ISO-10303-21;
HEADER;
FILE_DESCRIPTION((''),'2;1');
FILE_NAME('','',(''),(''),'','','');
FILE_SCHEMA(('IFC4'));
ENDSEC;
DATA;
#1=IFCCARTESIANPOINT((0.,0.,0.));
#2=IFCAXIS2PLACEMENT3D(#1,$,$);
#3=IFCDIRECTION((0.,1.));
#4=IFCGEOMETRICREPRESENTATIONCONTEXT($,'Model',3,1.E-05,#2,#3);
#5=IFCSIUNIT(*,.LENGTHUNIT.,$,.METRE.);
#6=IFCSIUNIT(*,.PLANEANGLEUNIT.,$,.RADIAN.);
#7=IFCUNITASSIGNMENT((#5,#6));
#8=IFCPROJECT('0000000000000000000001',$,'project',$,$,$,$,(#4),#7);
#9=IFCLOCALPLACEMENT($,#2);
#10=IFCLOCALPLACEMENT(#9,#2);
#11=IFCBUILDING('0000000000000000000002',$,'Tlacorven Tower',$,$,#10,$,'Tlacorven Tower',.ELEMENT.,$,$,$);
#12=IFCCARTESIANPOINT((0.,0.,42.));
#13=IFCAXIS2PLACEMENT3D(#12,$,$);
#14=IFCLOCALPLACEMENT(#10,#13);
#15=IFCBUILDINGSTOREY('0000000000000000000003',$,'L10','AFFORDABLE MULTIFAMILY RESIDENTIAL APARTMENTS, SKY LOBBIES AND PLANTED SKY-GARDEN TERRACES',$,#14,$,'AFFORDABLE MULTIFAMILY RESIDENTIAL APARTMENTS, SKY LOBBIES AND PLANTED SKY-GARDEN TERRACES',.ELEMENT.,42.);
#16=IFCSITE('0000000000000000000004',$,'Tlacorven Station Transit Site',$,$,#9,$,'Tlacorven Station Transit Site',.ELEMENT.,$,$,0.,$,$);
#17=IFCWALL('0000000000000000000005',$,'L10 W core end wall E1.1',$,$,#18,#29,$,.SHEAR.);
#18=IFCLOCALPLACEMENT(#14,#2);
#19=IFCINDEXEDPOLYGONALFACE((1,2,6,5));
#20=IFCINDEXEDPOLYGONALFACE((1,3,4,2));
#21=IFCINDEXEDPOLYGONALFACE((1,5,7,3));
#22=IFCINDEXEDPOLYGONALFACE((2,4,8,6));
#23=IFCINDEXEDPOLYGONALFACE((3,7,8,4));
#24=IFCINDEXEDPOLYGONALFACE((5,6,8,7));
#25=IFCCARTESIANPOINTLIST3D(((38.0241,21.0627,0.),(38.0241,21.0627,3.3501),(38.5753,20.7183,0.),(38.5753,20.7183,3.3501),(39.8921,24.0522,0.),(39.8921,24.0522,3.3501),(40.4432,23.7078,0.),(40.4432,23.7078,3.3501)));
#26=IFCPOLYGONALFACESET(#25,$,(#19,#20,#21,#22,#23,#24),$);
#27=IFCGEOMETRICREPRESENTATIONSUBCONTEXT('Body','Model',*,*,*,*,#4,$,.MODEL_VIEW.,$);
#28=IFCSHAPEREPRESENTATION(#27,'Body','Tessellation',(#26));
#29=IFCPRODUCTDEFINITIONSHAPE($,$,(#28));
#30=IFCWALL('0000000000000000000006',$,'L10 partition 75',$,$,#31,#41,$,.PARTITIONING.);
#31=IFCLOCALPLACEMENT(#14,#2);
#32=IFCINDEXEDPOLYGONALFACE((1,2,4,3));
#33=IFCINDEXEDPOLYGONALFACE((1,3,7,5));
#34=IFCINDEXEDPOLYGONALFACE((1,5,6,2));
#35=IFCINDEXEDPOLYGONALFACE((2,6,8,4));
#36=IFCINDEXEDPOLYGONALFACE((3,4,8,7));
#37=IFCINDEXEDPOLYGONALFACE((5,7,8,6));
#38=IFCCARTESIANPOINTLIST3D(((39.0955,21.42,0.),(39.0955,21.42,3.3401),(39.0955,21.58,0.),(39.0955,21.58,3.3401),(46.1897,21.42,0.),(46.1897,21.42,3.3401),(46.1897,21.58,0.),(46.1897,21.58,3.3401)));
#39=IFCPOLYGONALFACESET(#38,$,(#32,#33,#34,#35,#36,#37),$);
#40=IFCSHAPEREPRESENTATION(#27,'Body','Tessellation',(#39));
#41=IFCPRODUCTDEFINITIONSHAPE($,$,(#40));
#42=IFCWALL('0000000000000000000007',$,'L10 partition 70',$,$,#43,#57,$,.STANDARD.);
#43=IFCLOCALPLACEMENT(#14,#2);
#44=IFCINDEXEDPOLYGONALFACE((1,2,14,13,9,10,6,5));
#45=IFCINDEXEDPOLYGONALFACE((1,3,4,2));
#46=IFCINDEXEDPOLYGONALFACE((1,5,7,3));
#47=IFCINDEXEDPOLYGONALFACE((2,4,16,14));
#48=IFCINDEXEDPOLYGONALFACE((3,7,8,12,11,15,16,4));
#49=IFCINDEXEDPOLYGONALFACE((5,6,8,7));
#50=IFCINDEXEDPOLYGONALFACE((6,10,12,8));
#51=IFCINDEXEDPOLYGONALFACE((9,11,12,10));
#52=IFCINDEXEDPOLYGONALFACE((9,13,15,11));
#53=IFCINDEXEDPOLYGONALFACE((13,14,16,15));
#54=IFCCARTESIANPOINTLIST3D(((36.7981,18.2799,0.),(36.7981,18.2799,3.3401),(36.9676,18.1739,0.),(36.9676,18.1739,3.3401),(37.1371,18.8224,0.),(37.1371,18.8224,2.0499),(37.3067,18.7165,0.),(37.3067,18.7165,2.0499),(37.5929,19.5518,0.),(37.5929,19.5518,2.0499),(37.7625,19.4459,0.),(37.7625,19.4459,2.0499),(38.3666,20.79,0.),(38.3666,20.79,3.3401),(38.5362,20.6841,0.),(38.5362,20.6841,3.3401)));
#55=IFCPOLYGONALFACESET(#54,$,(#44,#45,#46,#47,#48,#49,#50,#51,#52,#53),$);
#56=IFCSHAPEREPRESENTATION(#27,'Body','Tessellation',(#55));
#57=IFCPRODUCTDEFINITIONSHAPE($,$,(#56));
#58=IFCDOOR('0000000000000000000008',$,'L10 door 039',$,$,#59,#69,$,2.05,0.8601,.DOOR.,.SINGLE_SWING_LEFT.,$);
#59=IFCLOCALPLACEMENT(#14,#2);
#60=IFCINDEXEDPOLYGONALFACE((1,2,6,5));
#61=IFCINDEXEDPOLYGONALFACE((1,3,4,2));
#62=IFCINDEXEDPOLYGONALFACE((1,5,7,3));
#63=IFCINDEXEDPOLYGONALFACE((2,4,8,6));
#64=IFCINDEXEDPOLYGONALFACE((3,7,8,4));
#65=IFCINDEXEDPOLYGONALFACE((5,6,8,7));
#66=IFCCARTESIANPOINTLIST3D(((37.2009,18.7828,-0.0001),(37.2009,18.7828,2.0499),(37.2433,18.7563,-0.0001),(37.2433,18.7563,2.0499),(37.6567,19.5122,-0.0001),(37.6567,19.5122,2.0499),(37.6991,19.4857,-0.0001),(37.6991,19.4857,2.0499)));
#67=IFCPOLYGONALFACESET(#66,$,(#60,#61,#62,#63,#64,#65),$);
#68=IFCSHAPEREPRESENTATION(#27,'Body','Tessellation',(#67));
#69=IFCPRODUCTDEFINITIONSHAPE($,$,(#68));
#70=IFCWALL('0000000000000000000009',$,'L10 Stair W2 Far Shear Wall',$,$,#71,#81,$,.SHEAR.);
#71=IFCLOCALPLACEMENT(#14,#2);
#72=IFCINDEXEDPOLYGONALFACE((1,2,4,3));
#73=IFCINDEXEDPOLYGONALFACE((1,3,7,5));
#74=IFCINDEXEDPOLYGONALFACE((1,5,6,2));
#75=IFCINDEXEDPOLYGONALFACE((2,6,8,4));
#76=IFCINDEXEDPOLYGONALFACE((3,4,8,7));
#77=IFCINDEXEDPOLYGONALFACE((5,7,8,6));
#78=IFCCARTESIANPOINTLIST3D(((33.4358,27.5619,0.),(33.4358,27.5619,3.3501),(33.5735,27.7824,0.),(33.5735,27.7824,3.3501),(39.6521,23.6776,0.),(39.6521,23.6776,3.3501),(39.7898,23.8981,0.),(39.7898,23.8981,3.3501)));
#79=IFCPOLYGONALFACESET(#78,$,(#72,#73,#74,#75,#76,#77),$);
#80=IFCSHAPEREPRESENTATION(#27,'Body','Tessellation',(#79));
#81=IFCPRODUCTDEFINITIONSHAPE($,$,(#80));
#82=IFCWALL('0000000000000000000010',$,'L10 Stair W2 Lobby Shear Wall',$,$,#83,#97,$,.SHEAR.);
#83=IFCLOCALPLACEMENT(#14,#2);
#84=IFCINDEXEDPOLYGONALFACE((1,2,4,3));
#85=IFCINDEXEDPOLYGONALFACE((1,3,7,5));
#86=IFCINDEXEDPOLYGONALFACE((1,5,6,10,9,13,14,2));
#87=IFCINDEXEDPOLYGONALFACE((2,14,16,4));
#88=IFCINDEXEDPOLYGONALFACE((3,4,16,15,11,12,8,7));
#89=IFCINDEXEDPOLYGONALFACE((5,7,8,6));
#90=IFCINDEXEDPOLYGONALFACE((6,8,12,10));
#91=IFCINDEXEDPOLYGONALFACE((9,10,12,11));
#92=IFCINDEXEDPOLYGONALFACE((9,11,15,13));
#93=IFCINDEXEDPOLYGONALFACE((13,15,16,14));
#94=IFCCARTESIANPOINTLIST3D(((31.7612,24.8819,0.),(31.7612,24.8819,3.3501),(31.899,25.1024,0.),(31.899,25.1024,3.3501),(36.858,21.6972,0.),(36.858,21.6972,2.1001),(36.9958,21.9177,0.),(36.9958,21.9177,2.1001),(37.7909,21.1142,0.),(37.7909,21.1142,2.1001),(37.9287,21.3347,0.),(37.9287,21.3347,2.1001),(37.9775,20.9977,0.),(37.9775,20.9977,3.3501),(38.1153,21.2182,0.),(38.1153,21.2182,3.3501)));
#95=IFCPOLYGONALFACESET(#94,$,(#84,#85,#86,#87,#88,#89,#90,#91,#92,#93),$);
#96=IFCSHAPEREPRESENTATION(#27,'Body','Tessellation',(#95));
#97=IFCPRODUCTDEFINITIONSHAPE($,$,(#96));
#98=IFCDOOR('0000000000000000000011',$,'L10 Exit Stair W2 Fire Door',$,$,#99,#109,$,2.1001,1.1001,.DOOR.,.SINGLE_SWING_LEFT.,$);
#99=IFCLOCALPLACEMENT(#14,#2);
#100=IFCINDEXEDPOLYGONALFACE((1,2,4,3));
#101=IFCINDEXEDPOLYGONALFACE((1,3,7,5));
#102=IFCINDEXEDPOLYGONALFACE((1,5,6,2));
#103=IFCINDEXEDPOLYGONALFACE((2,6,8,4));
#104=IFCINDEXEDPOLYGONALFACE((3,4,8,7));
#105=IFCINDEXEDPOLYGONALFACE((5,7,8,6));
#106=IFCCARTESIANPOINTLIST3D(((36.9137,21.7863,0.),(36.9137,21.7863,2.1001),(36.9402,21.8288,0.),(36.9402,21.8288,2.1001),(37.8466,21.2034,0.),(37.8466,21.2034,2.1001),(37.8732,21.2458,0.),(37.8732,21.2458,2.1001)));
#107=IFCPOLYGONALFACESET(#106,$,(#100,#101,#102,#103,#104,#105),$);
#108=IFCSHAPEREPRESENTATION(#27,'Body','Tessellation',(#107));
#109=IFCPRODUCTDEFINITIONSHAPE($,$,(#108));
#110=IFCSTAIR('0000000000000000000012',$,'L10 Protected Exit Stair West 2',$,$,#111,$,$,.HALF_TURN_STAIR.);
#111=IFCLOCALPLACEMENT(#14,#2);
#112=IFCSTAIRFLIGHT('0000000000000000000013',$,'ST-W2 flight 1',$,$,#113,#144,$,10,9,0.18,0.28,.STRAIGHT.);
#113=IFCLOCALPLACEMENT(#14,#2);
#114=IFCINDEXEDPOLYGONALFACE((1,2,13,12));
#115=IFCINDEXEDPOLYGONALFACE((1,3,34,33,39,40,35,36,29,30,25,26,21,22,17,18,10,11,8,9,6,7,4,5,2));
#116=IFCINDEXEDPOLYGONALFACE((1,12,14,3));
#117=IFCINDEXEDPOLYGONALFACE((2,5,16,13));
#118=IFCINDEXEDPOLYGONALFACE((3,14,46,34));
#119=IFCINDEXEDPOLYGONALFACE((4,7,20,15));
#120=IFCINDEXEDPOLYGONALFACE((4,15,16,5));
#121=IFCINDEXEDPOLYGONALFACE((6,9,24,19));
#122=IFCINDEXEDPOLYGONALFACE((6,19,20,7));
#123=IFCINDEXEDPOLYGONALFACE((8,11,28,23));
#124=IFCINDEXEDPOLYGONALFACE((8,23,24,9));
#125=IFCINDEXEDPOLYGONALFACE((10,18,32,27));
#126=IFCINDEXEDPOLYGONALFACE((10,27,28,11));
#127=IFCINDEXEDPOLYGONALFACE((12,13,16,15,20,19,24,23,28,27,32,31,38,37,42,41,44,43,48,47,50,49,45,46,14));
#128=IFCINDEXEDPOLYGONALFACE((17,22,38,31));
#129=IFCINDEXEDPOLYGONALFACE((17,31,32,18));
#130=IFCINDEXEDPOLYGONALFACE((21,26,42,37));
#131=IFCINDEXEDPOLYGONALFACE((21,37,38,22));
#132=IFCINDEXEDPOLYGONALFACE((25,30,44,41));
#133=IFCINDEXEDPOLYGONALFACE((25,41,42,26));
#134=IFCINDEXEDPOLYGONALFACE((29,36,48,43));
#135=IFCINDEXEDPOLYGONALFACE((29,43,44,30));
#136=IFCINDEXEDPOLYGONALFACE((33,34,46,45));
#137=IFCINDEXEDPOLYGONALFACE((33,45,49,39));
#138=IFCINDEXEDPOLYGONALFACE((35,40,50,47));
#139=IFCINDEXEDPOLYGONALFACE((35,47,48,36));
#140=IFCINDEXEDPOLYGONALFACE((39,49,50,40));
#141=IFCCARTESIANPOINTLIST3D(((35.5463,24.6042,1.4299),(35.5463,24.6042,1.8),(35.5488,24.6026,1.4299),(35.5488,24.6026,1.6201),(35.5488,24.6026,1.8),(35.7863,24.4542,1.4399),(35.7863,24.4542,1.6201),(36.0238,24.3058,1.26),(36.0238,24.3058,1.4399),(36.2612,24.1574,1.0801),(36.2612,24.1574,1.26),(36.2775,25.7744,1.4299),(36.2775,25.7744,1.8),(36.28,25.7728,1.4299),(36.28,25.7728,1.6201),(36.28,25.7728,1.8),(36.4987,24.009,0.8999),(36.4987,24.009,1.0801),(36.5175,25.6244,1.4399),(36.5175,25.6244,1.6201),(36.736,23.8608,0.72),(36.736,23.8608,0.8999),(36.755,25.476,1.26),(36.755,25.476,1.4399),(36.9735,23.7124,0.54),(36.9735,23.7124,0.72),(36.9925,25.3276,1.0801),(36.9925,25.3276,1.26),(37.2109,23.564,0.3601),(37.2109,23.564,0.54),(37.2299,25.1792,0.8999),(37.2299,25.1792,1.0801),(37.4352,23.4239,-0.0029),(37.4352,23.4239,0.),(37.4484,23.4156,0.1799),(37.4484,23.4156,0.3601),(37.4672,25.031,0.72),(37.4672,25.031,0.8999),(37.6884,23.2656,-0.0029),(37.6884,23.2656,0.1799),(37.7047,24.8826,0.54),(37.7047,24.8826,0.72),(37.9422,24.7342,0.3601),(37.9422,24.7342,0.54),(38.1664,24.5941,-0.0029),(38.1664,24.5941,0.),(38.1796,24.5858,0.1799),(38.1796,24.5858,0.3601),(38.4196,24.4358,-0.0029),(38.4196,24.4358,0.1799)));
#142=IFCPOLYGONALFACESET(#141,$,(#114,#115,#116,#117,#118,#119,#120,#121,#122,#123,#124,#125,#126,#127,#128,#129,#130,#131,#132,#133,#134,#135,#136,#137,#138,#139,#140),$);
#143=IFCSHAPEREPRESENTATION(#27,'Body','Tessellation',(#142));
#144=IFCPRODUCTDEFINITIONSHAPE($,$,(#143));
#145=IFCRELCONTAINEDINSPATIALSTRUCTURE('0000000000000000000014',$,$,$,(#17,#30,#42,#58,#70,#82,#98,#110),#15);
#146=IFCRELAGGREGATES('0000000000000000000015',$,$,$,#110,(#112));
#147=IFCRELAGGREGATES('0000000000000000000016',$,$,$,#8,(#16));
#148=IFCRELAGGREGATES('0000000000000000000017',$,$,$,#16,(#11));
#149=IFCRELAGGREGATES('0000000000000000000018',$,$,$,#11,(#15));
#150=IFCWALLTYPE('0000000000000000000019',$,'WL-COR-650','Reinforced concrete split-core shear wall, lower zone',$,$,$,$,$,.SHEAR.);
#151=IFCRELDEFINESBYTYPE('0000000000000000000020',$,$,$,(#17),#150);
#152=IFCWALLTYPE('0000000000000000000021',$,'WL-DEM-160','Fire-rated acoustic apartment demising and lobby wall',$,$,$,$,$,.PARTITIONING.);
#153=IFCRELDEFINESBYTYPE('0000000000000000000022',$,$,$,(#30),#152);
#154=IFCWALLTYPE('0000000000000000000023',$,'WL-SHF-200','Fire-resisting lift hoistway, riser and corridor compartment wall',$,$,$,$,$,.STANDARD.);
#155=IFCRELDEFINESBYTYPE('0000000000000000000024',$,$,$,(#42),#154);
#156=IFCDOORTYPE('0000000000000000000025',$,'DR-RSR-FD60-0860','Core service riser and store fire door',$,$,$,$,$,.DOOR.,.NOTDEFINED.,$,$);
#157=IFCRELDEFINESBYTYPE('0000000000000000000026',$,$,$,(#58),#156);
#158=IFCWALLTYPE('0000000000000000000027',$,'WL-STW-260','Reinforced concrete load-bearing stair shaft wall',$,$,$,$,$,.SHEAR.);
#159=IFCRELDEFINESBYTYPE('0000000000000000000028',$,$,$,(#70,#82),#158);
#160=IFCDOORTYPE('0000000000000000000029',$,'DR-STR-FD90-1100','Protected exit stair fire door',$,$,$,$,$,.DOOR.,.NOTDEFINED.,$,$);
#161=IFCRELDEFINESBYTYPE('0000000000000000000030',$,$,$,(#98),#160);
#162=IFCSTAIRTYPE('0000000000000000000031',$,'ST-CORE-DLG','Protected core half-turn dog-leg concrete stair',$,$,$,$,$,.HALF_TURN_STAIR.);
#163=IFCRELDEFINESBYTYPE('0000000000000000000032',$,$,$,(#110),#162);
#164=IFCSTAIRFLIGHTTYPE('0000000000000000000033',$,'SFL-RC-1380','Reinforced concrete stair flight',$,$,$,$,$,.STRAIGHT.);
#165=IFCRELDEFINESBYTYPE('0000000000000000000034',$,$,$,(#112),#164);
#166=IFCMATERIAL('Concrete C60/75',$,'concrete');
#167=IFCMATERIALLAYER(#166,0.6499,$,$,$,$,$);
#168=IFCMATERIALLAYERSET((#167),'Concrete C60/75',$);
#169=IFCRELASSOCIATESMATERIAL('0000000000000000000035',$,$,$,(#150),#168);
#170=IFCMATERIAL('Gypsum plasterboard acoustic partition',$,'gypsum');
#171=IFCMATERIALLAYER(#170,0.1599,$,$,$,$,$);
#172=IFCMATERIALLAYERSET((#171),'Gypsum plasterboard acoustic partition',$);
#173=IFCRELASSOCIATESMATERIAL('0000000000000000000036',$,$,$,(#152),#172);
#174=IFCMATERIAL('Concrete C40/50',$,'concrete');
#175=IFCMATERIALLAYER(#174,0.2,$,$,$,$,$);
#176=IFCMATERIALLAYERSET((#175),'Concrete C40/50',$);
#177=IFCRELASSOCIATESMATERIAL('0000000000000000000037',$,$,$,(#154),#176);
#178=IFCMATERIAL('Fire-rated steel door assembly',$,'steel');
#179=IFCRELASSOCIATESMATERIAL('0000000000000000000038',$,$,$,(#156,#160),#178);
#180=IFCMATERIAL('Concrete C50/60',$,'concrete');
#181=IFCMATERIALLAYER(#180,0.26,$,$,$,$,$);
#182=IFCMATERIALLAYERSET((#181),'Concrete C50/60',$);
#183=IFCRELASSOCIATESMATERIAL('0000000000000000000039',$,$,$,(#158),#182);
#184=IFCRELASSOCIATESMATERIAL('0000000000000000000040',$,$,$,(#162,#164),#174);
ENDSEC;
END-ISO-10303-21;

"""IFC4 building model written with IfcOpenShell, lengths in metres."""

from ifc_helpers import new_model, si_unit, direction, frame, frame_2d, origin, place, context, subcontext, project, spatial, polyline, rectangle, outline, extrude, source, transform, mapped, material, layer, layer_set, type_object, element, fill, aggregate, save


model = new_model("IFC4")

# Units and contexts
model_context = context("Model", 3, precision=1e-05, world=origin(), true_north=direction((0.0, 1.0)))
body_context = subcontext(model_context, "Body", "Model", "MODEL_VIEW")
ifc_project = project(units=[si_unit("LENGTHUNIT", "METRE"), si_unit("PLANEANGLEUNIT", "RADIAN")], contexts=[model_context])

# Site, building, storey
site_placement = place(None, origin())
site = spatial("IfcSite", under=ifc_project, at=site_placement, Name="Tlacorven Station Transit Site", LongName="Tlacorven Station Transit Site", CompositionType="ELEMENT", RefElevation=0.0)
building_placement = place(site_placement, origin())
building = spatial("IfcBuilding", under=site, at=building_placement, Name="Tlacorven Tower", LongName="Tlacorven Tower", CompositionType="ELEMENT")
storey_placement = place(building_placement, frame((0.0, 0.0, 42.0)))
storey = spatial("IfcBuildingStorey", under=building, at=storey_placement, Name="L10", Description="AFFORDABLE MULTIFAMILY RESIDENTIAL APARTMENTS, SKY LOBBIES AND PLANTED SKY-GARDEN TERRACES", LongName="AFFORDABLE MULTIFAMILY RESIDENTIAL APARTMENTS, SKY LOBBIES AND PLANTED SKY-GARDEN TERRACES", CompositionType="ELEMENT", Elevation=42.0)

# Shared definitions
ifc_material_1 = material(Name="Concrete C60/75", Category="concrete")

# Walls
ifc_layer_1 = layer(ifc_material_1, 0.6499)
ifc_layer_set_1 = layer_set([ifc_layer_1], Name="Concrete C60/75")
wall_type_1 = type_object("IfcWallType", Name="WL-COR-650", Description="Reinforced concrete split-core shear wall, lower zone", PredefinedType="SHEAR", material=ifc_layer_set_1)
wall_1_placement = place(storey_placement, frame((40.1677, 23.8801, 0.0), z_axis=(0.0, 0.0, 1.0), x_axis=(-0.529893, -0.848064, 0.0)))
element("IfcWall", 1, at=wall_1_placement, inside=storey, type_object=wall_type_1, Name="L10 W core end wall E1.1", PredefinedType="SHEAR", context=body_context, shape_type="SweptSolid", body=[
    extrude(rectangle(XDim=3.5251, YDim=0.6499, at=frame_2d((1.7627, 0.0))), origin(), (0.0, 0.0, 1.0), 3.3501),
])
ifc_material_2 = material(Name="Gypsum plasterboard acoustic partition", Category="gypsum")
ifc_layer_2 = layer(ifc_material_2, 0.1599)
ifc_layer_set_2 = layer_set([ifc_layer_2], Name="Gypsum plasterboard acoustic partition")
wall_type_2 = type_object("IfcWallType", Name="WL-DEM-160", Description="Fire-rated acoustic apartment demising and lobby wall", PredefinedType="PARTITIONING", material=ifc_layer_set_2)
wall_2_placement = place(storey_placement, frame((39.0955, 21.5, 0.0), z_axis=(0.0, 0.0, 1.0), x_axis=(1.0, 0.0, 0.0)))
element("IfcWall", 2, at=wall_2_placement, inside=storey, type_object=wall_type_2, Name="L10 partition 75", PredefinedType="PARTITIONING", context=body_context, shape_type="SweptSolid", body=[
    extrude(rectangle(XDim=7.0942, YDim=0.1599, at=frame_2d((3.5471, 0.0))), origin(), (0.0, 0.0, 1.0), 3.3401),
])

# Wall, opening, door
ifc_material_3 = material(Name="Concrete C40/50", Category="concrete")
ifc_layer_3 = layer(ifc_material_3, 0.2)
ifc_layer_set_3 = layer_set([ifc_layer_3], Name="Concrete C40/50")
wall_type_3 = type_object("IfcWallType", Name="WL-SHF-200", Description="Fire-resisting lift hoistway, riser and corridor compartment wall", PredefinedType="STANDARD", material=ifc_layer_set_3)
wall_3_placement = place(storey_placement, frame((38.4514, 20.7371, 0.0), z_axis=(0.0, 0.0, 1.0), x_axis=(-0.529925, -0.848045, 0.0)))
wall_3 = element("IfcWall", 3, at=wall_3_placement, inside=storey, type_object=wall_type_3, Name="L10 partition 70", PredefinedType="STANDARD", context=body_context, shape_type="SweptSolid", body=[
    extrude(rectangle(XDim=2.96, YDim=0.2, at=frame_2d((1.48, 0.0))), origin(), (0.0, 0.0, 1.0), 3.3401),
])
opening_1_placement = place(wall_3_placement, frame((1.46, 0.0, 0.0)))
opening_1 = element("IfcOpeningElement", 4, at=opening_1_placement, cuts=wall_3, PredefinedType="OPENING", context=body_context, shape_type="SweptSolid", body=[
    extrude(rectangle(XDim=0.8601, YDim=2.05, at=frame_2d((0.4302, 1.0249))), frame((0.0, 0.1099, 0.0), z_axis=(0.0, -1.0, 0.0), x_axis=(1.0, 0.0, 0.0)), (0.0, 0.0, 1.0), 0.22),
])
ifc_material_4 = material(Name="Fire-rated steel door assembly", Category="steel")
door_type_1 = type_object("IfcDoorType", Name="DR-RSR-FD60-0860", Description="Core service riser and store fire door", OperationType="NOTDEFINED", PredefinedType="DOOR", material=ifc_material_4)
shared_shape_1 = source(origin(), body_context, "Body", "SweptSolid", [
    extrude(rectangle(XDim=0.8601, YDim=2.05, at=frame_2d((0.4302, 1.0249))), frame((0.0, 0.0249, 0.0), z_axis=(0.0, -1.0, 0.0), x_axis=(1.0, 0.0, 0.0)), (0.0, 0.0, 1.0), 0.05),
])
door_1_placement = place(opening_1_placement, frame((0.8601, 0.0, 0.0), z_axis=(0.0, 0.0, 1.0), x_axis=(-1.0, 0.0, 0.0)))
door_1 = element("IfcDoor", 5, at=door_1_placement, inside=storey, type_object=door_type_1, Name="L10 door 039", OperationType="SINGLE_SWING_LEFT", OverallHeight=2.05, OverallWidth=0.8601, PredefinedType="DOOR", context=body_context, shape_type="MappedRepresentation", body=[
    mapped(shared_shape_1, transform((0.0, 0.0, 0.0), scale=1.0)),
])
fill(opening_1, door_1)

# Wall
ifc_material_5 = material(Name="Concrete C50/60", Category="concrete")
ifc_layer_4 = layer(ifc_material_5, 0.26)
ifc_layer_set_4 = layer_set([ifc_layer_4], Name="Concrete C50/60")
wall_type_4 = type_object("IfcWallType", Name="WL-STW-260", Description="Reinforced concrete load-bearing stair shaft wall", PredefinedType="SHEAR", material=ifc_layer_set_4)
wall_4_placement = place(storey_placement, frame((39.7209, 23.7878, 0.0), z_axis=(0.0, 0.0, 1.0), x_axis=(-0.848054, 0.529909, 0.0)))
element("IfcWall", 6, at=wall_4_placement, inside=storey, type_object=wall_type_4, Name="L10 Stair W2 Far Shear Wall", PredefinedType="SHEAR", context=body_context, shape_type="SweptSolid", body=[
    extrude(rectangle(XDim=7.3301, YDim=0.26, at=frame_2d((3.665, 0.0))), origin(), (0.0, 0.0, 1.0), 3.3501),
])

# Wall, opening, door
wall_5_placement = place(storey_placement, frame((38.0464, 21.1079, 0.0), z_axis=(0.0, 0.0, 1.0), x_axis=(-0.848054, 0.529909, 0.0)))
wall_5 = element("IfcWall", 7, at=wall_5_placement, inside=storey, type_object=wall_type_4, Name="L10 Stair W2 Lobby Shear Wall", PredefinedType="SHEAR", context=body_context, shape_type="SweptSolid", body=[
    extrude(rectangle(XDim=7.3301, YDim=0.26, at=frame_2d((3.665, 0.0))), origin(), (0.0, 0.0, 1.0), 3.3501),
])
opening_2_placement = place(wall_5_placement, frame((0.22, 0.0, 0.0)))
opening_2 = element("IfcOpeningElement", 8, at=opening_2_placement, cuts=wall_5, PredefinedType="OPENING", context=body_context, shape_type="SweptSolid", body=[
    extrude(rectangle(XDim=1.1001, YDim=2.1001, at=frame_2d((0.55, 1.05))), frame((0.0, 0.1401, 0.0), z_axis=(0.0, -1.0, 0.0), x_axis=(1.0, 0.0, 0.0)), (0.0, 0.0, 1.0), 0.28),
])
door_type_2 = type_object("IfcDoorType", Name="DR-STR-FD90-1100", Description="Protected exit stair fire door", OperationType="NOTDEFINED", PredefinedType="DOOR", material=ifc_material_4)
shared_shape_2 = source(origin(), body_context, "Body", "SweptSolid", [
    extrude(rectangle(XDim=1.1001, YDim=2.1001, at=frame_2d((0.55, 1.05))), frame((0.0, 0.0249, 0.0), z_axis=(0.0, -1.0, 0.0), x_axis=(1.0, 0.0, 0.0)), (0.0, 0.0, 1.0), 0.05),
])
door_2_placement = place(opening_2_placement, origin())
door_2 = element("IfcDoor", 9, at=door_2_placement, inside=storey, type_object=door_type_2, Name="L10 Exit Stair W2 Fire Door", OperationType="SINGLE_SWING_LEFT", OverallHeight=2.1001, OverallWidth=1.1001, PredefinedType="DOOR", context=body_context, shape_type="MappedRepresentation", body=[
    mapped(shared_shape_2, transform((0.0, 0.0, 0.0), scale=1.0)),
])
fill(opening_2, door_2)

# Stair, stair flight
stair_type = type_object("IfcStairType", Name="ST-CORE-DLG", Description="Protected core half-turn dog-leg concrete stair", PredefinedType="HALF_TURN_STAIR", material=ifc_material_3)
stair_placement = place(storey_placement, origin())
stair = element("IfcStair", 10, at=stair_placement, inside=storey, type_object=stair_type, Name="L10 Protected Exit Stair West 2", PredefinedType="HALF_TURN_STAIR")
stair_flight_type = type_object("IfcStairFlightType", Name="SFL-RC-1380", Description="Reinforced concrete stair flight", PredefinedType="STRAIGHT", material=ifc_material_3)
shared_shape_3 = source(origin(), body_context, "Body", "SweptSolid", [
    extrude(outline(polyline([(-0.0029, -0.0029), (-0.0029, 0.1799), (0.28, 0.1799), (0.28, 0.3601), (0.5601, 0.3601), (0.5601, 0.54), (0.8401, 0.54), (0.8401, 0.72), (1.1201, 0.72), (1.1201, 0.8999), (1.3999, 0.8999), (1.3999, 1.0801), (1.6799, 1.0801), (1.6799, 1.26), (1.96, 1.26), (1.96, 1.4399), (2.24, 1.4399), (2.24, 1.6201), (2.52, 1.6201), (2.52, 1.8), (2.5229, 1.8), (2.5229, 1.4299), (2.52, 1.4299), (0.2957, 0.0), (0.2957, -0.0029), (-0.0029, -0.0029)])), frame((0.0, 0.6899, 0.0), z_axis=(0.0, -1.0, 0.0), x_axis=(1.0, 0.0, 0.0)), (0.0, 0.0, 1.0), 1.3799),
])
stair_flight_1_placement = place(storey_placement, frame((38.0515, 23.8523, 0.0), z_axis=(0.0, 0.0, 1.0), x_axis=(-0.848048, 0.529919, 0.0)))
stair_flight_1 = element("IfcStairFlight", 11, at=stair_flight_1_placement, type_object=stair_flight_type, Name="ST-W2 flight 1", NumberOfRisers=10, NumberOfTreads=9, PredefinedType="STRAIGHT", RiserHeight=0.18, TreadLength=0.28, context=body_context, shape_type="MappedRepresentation", body=[
    mapped(shared_shape_3, transform((0.0, 0.0, 0.0), scale=1.0)),
])
aggregate(stair, [stair_flight_1])

save(model, "model.ifc")
